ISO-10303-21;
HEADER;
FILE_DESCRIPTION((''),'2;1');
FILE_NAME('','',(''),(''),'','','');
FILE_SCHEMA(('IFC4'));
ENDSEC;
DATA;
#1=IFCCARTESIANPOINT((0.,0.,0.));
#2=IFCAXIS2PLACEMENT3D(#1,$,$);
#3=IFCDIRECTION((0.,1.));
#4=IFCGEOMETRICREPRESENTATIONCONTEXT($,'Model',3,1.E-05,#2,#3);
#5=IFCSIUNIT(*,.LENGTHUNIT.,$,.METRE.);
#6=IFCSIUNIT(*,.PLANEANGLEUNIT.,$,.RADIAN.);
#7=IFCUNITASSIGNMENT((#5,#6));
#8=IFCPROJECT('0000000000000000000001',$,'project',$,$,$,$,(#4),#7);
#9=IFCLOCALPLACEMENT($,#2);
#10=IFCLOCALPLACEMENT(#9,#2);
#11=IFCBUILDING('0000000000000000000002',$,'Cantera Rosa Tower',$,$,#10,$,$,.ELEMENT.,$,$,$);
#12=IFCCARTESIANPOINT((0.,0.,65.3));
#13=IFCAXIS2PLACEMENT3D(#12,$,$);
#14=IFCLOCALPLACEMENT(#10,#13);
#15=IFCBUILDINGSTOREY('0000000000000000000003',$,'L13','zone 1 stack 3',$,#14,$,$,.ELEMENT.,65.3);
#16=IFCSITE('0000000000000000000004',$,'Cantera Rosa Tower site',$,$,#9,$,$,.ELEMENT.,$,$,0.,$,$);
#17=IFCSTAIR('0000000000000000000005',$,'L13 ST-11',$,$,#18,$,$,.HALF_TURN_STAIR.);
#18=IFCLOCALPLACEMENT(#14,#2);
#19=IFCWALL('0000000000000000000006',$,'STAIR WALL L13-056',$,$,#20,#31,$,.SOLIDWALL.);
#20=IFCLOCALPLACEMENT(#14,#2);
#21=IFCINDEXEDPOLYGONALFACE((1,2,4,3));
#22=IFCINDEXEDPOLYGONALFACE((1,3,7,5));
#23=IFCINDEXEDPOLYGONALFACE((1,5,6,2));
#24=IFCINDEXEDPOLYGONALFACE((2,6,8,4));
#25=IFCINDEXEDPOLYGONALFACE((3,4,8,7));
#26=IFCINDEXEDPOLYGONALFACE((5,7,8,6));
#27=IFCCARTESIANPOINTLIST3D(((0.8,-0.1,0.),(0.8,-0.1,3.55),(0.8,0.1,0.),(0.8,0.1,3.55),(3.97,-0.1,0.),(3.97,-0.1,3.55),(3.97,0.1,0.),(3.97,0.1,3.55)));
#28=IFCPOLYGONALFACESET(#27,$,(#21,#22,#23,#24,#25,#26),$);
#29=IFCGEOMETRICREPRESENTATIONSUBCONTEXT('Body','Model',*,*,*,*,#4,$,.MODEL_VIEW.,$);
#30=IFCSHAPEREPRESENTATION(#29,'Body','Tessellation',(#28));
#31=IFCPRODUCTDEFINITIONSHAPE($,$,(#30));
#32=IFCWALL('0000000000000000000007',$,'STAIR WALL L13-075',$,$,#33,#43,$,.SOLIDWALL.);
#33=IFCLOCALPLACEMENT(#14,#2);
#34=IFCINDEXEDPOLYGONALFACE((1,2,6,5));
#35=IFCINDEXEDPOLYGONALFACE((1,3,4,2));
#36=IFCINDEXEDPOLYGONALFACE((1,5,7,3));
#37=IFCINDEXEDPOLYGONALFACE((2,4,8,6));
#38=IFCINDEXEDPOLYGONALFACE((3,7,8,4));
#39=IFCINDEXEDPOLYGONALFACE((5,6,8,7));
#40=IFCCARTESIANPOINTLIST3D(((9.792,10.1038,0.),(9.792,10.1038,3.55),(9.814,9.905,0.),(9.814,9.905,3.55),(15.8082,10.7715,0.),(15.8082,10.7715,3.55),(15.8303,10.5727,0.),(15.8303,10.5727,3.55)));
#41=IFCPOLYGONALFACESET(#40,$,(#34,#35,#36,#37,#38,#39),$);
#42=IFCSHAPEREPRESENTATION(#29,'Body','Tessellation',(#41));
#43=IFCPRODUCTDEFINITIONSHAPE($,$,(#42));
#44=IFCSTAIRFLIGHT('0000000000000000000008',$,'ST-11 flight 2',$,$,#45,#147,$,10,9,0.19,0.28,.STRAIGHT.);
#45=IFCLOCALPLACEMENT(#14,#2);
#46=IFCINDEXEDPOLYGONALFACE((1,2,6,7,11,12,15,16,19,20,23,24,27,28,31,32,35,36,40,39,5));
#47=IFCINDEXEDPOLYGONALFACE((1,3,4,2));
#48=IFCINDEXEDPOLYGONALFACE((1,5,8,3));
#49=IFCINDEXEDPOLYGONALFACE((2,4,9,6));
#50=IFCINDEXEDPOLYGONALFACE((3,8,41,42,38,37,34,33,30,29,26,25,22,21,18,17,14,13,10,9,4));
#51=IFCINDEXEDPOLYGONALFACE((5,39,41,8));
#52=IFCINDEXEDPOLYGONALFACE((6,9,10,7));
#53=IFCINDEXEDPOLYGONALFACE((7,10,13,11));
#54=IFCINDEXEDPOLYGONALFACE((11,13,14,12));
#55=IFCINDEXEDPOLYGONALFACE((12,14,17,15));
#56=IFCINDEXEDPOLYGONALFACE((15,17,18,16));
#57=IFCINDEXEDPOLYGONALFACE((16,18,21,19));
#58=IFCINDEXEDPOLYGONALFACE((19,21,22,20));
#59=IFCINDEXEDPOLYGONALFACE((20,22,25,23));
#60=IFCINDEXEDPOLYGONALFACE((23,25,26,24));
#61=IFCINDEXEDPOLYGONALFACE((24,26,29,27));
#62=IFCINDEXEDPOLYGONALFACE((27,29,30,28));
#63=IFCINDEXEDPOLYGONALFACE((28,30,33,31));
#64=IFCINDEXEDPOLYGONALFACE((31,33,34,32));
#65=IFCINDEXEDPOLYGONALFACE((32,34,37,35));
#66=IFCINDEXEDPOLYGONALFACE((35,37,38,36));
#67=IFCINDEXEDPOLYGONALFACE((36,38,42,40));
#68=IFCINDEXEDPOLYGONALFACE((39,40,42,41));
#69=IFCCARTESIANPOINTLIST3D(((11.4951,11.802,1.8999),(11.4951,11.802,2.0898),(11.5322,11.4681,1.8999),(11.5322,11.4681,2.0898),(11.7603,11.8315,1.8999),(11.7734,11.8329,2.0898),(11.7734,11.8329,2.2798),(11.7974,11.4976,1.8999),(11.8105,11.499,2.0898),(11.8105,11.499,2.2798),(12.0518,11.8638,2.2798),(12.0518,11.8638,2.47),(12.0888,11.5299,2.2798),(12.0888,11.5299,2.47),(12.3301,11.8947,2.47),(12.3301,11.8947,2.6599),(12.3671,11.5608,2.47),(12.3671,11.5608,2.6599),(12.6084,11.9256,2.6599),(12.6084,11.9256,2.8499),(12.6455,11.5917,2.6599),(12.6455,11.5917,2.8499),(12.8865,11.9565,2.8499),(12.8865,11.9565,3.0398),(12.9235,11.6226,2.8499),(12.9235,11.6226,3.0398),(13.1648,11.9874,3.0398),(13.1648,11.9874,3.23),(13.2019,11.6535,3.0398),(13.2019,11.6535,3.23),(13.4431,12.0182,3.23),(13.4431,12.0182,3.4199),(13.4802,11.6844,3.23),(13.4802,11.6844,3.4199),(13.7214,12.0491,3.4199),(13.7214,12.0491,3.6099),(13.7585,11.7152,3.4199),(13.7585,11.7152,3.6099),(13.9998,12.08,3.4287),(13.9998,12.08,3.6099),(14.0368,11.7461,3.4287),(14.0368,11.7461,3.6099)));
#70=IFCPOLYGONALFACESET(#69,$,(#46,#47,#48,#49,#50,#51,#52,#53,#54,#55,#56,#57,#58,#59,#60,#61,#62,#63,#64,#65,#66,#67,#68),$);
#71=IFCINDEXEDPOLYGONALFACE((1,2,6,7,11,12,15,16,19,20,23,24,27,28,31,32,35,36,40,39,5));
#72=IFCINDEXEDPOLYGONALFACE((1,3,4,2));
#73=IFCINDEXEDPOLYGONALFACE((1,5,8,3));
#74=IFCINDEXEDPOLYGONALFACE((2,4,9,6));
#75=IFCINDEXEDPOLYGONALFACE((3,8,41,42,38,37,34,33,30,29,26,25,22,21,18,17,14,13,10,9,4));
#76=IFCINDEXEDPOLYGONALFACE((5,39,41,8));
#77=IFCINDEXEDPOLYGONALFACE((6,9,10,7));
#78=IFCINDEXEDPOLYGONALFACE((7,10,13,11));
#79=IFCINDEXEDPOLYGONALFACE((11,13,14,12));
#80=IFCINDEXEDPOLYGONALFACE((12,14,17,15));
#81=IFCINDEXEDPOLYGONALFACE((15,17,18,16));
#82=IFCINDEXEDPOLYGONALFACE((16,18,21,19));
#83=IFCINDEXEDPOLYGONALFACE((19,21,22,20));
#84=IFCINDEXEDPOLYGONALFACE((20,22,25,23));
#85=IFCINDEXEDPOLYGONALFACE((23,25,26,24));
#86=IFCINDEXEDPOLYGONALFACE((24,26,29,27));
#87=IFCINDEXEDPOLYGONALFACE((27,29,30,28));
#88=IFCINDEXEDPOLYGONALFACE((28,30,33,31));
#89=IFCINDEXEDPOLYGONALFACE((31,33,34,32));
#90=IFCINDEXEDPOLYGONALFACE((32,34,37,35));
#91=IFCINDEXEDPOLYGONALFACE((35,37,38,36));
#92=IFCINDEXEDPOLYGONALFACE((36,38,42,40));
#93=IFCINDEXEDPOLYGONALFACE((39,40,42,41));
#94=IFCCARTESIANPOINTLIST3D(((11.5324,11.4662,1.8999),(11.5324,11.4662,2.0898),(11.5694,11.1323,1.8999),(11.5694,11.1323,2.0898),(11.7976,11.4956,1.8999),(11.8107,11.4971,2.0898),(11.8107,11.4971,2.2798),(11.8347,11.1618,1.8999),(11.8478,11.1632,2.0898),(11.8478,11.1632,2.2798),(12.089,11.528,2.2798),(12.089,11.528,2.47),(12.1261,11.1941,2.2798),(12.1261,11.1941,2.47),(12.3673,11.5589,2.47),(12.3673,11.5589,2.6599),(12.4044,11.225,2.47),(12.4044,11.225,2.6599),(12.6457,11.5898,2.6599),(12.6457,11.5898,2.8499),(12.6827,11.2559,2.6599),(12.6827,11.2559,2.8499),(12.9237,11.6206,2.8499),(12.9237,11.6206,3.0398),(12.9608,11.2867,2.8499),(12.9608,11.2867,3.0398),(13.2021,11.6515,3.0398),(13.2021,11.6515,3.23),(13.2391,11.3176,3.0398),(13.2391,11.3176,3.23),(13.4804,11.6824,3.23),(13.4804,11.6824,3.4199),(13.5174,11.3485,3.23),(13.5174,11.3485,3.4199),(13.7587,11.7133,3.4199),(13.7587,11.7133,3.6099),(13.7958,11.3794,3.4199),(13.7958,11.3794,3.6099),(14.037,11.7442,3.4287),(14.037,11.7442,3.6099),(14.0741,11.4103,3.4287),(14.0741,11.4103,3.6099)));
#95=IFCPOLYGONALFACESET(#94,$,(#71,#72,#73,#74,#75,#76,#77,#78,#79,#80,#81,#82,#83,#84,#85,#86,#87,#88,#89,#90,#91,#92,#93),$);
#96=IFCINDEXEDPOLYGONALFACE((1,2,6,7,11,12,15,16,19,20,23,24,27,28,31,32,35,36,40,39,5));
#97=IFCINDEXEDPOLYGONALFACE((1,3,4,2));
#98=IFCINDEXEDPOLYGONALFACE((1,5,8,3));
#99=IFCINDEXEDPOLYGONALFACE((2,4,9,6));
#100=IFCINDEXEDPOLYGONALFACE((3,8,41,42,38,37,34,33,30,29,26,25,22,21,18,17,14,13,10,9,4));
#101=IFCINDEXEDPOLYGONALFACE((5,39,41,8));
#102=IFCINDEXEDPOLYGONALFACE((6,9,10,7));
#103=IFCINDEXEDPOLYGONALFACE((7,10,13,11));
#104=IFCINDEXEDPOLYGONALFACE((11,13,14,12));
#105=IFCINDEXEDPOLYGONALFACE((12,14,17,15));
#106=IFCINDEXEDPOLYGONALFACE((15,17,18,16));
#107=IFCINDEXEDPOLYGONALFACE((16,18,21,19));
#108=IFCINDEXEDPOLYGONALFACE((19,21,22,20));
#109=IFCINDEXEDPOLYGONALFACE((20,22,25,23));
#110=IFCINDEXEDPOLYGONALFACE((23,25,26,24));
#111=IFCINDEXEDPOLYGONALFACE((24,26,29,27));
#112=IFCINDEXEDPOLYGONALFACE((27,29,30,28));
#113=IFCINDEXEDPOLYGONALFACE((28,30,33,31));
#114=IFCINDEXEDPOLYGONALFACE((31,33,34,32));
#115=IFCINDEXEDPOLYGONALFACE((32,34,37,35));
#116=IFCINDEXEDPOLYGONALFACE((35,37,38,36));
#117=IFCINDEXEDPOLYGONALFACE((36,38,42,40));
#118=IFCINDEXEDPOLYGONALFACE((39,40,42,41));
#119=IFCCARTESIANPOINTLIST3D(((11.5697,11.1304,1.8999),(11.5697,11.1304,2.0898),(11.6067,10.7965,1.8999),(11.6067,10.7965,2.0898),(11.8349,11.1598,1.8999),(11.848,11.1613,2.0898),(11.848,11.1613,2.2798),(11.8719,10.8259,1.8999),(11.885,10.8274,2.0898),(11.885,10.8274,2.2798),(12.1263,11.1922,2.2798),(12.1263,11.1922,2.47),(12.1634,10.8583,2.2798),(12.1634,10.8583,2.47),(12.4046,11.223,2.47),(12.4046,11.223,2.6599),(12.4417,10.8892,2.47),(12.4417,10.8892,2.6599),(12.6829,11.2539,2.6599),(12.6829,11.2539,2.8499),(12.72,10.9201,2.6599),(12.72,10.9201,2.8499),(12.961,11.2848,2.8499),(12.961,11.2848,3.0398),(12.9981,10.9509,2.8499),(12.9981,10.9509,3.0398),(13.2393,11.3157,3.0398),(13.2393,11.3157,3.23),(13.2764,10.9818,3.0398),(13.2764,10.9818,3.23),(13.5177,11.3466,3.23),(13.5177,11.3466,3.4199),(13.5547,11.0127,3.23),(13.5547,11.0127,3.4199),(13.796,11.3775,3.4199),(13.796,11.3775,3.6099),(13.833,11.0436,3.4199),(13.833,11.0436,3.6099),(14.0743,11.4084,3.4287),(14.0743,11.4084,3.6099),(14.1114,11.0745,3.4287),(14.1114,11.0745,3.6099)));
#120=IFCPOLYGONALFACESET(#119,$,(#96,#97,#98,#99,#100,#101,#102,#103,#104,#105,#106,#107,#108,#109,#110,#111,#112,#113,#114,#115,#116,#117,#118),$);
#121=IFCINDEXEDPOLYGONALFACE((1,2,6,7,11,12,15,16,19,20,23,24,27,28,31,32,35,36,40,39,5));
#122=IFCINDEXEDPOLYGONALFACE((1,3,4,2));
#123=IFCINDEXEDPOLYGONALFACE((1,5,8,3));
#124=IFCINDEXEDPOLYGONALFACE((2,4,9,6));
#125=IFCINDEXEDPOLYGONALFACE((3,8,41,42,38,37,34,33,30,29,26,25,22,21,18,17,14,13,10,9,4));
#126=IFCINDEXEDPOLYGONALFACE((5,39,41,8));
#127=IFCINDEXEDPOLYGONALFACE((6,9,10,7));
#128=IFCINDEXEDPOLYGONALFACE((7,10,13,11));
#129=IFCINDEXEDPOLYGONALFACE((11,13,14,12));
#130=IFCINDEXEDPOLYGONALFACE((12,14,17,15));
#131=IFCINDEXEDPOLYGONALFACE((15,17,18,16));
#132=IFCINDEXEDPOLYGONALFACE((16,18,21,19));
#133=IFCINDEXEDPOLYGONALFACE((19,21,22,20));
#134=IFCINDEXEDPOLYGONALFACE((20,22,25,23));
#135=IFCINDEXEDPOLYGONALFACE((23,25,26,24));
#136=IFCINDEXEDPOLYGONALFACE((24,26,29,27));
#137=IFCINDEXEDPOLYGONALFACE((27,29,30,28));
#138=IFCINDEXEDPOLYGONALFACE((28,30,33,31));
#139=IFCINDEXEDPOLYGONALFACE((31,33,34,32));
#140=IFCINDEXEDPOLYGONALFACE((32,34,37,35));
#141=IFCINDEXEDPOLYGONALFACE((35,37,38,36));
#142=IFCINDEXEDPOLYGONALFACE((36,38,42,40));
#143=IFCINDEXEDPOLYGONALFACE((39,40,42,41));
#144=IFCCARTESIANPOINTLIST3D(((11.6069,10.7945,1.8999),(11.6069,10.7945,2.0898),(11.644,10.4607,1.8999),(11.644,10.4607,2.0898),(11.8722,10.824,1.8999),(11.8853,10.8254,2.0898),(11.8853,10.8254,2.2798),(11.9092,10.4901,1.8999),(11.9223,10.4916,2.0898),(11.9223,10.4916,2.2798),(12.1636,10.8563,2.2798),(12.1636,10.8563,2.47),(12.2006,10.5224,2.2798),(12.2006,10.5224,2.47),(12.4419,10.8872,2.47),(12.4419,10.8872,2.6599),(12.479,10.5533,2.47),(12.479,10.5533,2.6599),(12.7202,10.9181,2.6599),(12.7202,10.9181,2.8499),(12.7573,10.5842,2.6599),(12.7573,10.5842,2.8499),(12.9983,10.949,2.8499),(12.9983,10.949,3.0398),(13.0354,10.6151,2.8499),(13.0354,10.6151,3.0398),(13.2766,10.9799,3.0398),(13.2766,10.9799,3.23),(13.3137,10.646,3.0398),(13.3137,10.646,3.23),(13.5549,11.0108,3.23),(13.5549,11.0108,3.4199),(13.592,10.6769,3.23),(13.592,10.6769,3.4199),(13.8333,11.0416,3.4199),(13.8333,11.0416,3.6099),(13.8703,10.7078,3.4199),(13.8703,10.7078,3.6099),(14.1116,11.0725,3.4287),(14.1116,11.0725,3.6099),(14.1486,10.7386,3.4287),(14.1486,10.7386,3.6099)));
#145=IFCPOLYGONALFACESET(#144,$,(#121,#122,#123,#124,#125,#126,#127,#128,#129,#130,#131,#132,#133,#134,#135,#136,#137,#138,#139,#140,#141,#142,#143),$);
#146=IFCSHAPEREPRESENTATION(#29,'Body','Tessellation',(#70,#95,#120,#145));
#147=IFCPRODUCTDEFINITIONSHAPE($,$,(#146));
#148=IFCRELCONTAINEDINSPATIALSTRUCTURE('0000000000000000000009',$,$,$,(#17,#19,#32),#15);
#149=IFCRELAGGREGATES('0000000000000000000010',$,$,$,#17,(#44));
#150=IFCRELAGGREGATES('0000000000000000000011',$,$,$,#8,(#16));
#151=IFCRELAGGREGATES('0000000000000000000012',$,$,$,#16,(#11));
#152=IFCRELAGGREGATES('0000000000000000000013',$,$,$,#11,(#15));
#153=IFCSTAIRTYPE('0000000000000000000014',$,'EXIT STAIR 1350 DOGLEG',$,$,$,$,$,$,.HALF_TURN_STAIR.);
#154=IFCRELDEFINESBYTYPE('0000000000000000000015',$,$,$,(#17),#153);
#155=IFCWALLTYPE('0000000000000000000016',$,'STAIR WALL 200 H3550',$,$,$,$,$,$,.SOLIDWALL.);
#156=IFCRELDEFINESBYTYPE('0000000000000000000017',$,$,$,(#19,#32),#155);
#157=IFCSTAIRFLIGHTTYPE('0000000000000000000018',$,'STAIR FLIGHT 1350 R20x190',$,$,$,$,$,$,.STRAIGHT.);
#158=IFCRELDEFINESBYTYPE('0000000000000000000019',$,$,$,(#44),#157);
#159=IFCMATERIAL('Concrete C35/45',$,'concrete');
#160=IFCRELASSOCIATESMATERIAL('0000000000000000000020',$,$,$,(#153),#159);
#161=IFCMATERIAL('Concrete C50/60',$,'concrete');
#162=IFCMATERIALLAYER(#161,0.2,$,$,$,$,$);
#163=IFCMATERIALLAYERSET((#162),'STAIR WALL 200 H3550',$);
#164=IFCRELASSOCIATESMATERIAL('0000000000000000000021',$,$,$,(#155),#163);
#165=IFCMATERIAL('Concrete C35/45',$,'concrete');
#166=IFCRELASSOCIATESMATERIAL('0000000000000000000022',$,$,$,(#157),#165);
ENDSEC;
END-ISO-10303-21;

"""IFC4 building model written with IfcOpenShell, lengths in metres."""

from ifc_helpers import new_model, si_unit, direction, frame, frame_2d, origin, place, context, subcontext, project, spatial, polyline, rectangle, outline, extrude, material, layer, layer_set, type_object, element, aggregate, save


model = new_model("IFC4")

# Units and contexts
model_context = context("Model", 3, precision=1e-05, world=origin(), true_north=direction((0.0, 1.0)))
body_context = subcontext(model_context, "Body", "Model", "MODEL_VIEW")
ifc_project = project(units=[si_unit("LENGTHUNIT", "METRE"), si_unit("PLANEANGLEUNIT", "RADIAN")], contexts=[model_context])

# Site, building, storey
site_placement = place(None, origin())
site = spatial("IfcSite", under=ifc_project, at=site_placement, Name="Cantera Rosa Tower site", CompositionType="ELEMENT", RefElevation=0.0)
building_placement = place(site_placement, origin())
building = spatial("IfcBuilding", under=site, at=building_placement, Name="Cantera Rosa Tower", CompositionType="ELEMENT")
storey_placement = place(building_placement, frame((0.0, 0.0, 65.3)))
storey = spatial("IfcBuildingStorey", under=building, at=storey_placement, Name="L13", Description="zone 1 stack 3", CompositionType="ELEMENT", Elevation=65.3)

# Stair
ifc_material_1 = material(Name="Concrete C35/45", Category="concrete")
stair_type = type_object("IfcStairType", Name="EXIT STAIR 1350 DOGLEG", PredefinedType="HALF_TURN_STAIR", material=ifc_material_1)
stair_1_placement = place(storey_placement, origin())
stair_1 = element("IfcStair", 1, at=stair_1_placement, inside=storey, type_object=stair_type, Name="L13 ST-11", PredefinedType="HALF_TURN_STAIR")

# Walls
ifc_material_2 = material(Name="Concrete C50/60", Category="concrete")
ifc_layer_1 = layer(ifc_material_2, 0.2)
ifc_layer_set_1 = layer_set([ifc_layer_1], Name="STAIR WALL 200 H3550")
wall_type_1 = type_object("IfcWallType", Name="STAIR WALL 200 H3550", PredefinedType="SOLIDWALL", material=ifc_layer_set_1)
wall_1_placement = place(storey_placement, frame((0.8, 0.0, 0.0), z_axis=(0.0, 0.0, 1.0), x_axis=(1.0, 0.0, 0.0)))
element("IfcWall", 2, at=wall_1_placement, inside=storey, type_object=wall_type_1, Name="STAIR WALL L13-056", PredefinedType="SOLIDWALL", context=body_context, shape_type="SweptSolid", body=[
    extrude(rectangle(XDim=3.1699, YDim=0.2, at=frame_2d((1.585, 0.0))), origin(), (0.0, 0.0, 1.0), 3.55),
])
wall_2_placement = place(storey_placement, frame((9.803, 10.0044, 0.0), z_axis=(0.0, 0.0, 1.0), x_axis=(0.993897, 0.110308, 0.0)))
element("IfcWall", 3, at=wall_2_placement, inside=storey, type_object=wall_type_1, Name="STAIR WALL L13-075", PredefinedType="SOLIDWALL", context=body_context, shape_type="SweptSolid", body=[
    extrude(rectangle(XDim=6.0532, YDim=0.2, at=frame_2d((3.0266, 0.0))), origin(), (0.0, 0.0, 1.0), 3.55),
])

# Stair flight
ifc_material_3 = material(Name="Concrete C35/45", Category="concrete")
stair_flight_type = type_object("IfcStairFlightType", Name="STAIR FLIGHT 1350 R20x190", PredefinedType="STRAIGHT", material=ifc_material_3)
stair_flight_placement = place(storey_placement, frame((11.5696, 11.1311, 1.8999), z_axis=(0.0, 0.0, 1.0), x_axis=(0.993897, 0.110313, 0.0)))
stair_flight = element("IfcStairFlight", 4, at=stair_flight_placement, type_object=stair_flight_type, Name="ST-11 flight 2", NumberOfRisers=10, NumberOfTreads=9, PredefinedType="STRAIGHT", RiserHeight=0.19, TreadLength=0.28, context=body_context, shape_type="SweptSolid", body=[
    extrude(outline(polyline([(0.0, 0.0), (0.0, 0.1899), (0.28, 0.1899), (0.28, 0.3799), (0.5601, 0.3799), (0.5601, 0.5701), (0.8401, 0.5701), (0.8401, 0.76), (1.1201, 0.76), (1.1201, 0.95), (1.3999, 0.95), (1.3999, 1.1399), (1.6799, 1.1399), (1.6799, 1.3301), (1.96, 1.3301), (1.96, 1.52), (2.24, 1.52), (2.24, 1.71), (2.52, 1.71), (2.52, 1.8999), (2.52, 1.5288), (0.2668, 0.0), (0.0, 0.0)])), frame((0.0, 0.675, 0.0), z_axis=(0.0, -1.0, 0.0), x_axis=(1.0, 0.0, 0.0)), (0.0, 0.0, 1.0), 0.3359),
    extrude(outline(polyline([(0.0, 0.0), (0.0, 0.1899), (0.28, 0.1899), (0.28, 0.3799), (0.5601, 0.3799), (0.5601, 0.5701), (0.8401, 0.5701), (0.8401, 0.76), (1.1201, 0.76), (1.1201, 0.95), (1.3999, 0.95), (1.3999, 1.1399), (1.6799, 1.1399), (1.6799, 1.3301), (1.96, 1.3301), (1.96, 1.52), (2.24, 1.52), (2.24, 1.71), (2.52, 1.71), (2.52, 1.8999), (2.52, 1.5288), (0.2668, 0.0), (0.0, 0.0)])), frame((0.0, 0.3372, 0.0), z_axis=(0.0, -1.0, 0.0), x_axis=(1.0, 0.0, 0.0)), (0.0, 0.0, 1.0), 0.3359),
    extrude(outline(polyline([(0.0, 0.0), (0.0, 0.1899), (0.28, 0.1899), (0.28, 0.3799), (0.5601, 0.3799), (0.5601, 0.5701), (0.8401, 0.5701), (0.8401, 0.76), (1.1201, 0.76), (1.1201, 0.95), (1.3999, 0.95), (1.3999, 1.1399), (1.6799, 1.1399), (1.6799, 1.3301), (1.96, 1.3301), (1.96, 1.52), (2.24, 1.52), (2.24, 1.71), (2.52, 1.71), (2.52, 1.8999), (2.52, 1.5288), (0.2668, 0.0), (0.0, 0.0)])), frame((0.0, -0.0007, 0.0), z_axis=(0.0, -1.0, 0.0), x_axis=(1.0, 0.0, 0.0)), (0.0, 0.0, 1.0), 0.3359),
    extrude(outline(polyline([(0.0, 0.0), (0.0, 0.1899), (0.28, 0.1899), (0.28, 0.3799), (0.5601, 0.3799), (0.5601, 0.5701), (0.8401, 0.5701), (0.8401, 0.76), (1.1201, 0.76), (1.1201, 0.95), (1.3999, 0.95), (1.3999, 1.1399), (1.6799, 1.1399), (1.6799, 1.3301), (1.96, 1.3301), (1.96, 1.52), (2.24, 1.52), (2.24, 1.71), (2.52, 1.71), (2.52, 1.8999), (2.52, 1.5288), (0.2668, 0.0), (0.0, 0.0)])), frame((0.0, -0.3386, 0.0), z_axis=(0.0, -1.0, 0.0), x_axis=(1.0, 0.0, 0.0)), (0.0, 0.0, 1.0), 0.3359),
])
aggregate(stair_1, [stair_flight])

save(model, "model.ifc")
